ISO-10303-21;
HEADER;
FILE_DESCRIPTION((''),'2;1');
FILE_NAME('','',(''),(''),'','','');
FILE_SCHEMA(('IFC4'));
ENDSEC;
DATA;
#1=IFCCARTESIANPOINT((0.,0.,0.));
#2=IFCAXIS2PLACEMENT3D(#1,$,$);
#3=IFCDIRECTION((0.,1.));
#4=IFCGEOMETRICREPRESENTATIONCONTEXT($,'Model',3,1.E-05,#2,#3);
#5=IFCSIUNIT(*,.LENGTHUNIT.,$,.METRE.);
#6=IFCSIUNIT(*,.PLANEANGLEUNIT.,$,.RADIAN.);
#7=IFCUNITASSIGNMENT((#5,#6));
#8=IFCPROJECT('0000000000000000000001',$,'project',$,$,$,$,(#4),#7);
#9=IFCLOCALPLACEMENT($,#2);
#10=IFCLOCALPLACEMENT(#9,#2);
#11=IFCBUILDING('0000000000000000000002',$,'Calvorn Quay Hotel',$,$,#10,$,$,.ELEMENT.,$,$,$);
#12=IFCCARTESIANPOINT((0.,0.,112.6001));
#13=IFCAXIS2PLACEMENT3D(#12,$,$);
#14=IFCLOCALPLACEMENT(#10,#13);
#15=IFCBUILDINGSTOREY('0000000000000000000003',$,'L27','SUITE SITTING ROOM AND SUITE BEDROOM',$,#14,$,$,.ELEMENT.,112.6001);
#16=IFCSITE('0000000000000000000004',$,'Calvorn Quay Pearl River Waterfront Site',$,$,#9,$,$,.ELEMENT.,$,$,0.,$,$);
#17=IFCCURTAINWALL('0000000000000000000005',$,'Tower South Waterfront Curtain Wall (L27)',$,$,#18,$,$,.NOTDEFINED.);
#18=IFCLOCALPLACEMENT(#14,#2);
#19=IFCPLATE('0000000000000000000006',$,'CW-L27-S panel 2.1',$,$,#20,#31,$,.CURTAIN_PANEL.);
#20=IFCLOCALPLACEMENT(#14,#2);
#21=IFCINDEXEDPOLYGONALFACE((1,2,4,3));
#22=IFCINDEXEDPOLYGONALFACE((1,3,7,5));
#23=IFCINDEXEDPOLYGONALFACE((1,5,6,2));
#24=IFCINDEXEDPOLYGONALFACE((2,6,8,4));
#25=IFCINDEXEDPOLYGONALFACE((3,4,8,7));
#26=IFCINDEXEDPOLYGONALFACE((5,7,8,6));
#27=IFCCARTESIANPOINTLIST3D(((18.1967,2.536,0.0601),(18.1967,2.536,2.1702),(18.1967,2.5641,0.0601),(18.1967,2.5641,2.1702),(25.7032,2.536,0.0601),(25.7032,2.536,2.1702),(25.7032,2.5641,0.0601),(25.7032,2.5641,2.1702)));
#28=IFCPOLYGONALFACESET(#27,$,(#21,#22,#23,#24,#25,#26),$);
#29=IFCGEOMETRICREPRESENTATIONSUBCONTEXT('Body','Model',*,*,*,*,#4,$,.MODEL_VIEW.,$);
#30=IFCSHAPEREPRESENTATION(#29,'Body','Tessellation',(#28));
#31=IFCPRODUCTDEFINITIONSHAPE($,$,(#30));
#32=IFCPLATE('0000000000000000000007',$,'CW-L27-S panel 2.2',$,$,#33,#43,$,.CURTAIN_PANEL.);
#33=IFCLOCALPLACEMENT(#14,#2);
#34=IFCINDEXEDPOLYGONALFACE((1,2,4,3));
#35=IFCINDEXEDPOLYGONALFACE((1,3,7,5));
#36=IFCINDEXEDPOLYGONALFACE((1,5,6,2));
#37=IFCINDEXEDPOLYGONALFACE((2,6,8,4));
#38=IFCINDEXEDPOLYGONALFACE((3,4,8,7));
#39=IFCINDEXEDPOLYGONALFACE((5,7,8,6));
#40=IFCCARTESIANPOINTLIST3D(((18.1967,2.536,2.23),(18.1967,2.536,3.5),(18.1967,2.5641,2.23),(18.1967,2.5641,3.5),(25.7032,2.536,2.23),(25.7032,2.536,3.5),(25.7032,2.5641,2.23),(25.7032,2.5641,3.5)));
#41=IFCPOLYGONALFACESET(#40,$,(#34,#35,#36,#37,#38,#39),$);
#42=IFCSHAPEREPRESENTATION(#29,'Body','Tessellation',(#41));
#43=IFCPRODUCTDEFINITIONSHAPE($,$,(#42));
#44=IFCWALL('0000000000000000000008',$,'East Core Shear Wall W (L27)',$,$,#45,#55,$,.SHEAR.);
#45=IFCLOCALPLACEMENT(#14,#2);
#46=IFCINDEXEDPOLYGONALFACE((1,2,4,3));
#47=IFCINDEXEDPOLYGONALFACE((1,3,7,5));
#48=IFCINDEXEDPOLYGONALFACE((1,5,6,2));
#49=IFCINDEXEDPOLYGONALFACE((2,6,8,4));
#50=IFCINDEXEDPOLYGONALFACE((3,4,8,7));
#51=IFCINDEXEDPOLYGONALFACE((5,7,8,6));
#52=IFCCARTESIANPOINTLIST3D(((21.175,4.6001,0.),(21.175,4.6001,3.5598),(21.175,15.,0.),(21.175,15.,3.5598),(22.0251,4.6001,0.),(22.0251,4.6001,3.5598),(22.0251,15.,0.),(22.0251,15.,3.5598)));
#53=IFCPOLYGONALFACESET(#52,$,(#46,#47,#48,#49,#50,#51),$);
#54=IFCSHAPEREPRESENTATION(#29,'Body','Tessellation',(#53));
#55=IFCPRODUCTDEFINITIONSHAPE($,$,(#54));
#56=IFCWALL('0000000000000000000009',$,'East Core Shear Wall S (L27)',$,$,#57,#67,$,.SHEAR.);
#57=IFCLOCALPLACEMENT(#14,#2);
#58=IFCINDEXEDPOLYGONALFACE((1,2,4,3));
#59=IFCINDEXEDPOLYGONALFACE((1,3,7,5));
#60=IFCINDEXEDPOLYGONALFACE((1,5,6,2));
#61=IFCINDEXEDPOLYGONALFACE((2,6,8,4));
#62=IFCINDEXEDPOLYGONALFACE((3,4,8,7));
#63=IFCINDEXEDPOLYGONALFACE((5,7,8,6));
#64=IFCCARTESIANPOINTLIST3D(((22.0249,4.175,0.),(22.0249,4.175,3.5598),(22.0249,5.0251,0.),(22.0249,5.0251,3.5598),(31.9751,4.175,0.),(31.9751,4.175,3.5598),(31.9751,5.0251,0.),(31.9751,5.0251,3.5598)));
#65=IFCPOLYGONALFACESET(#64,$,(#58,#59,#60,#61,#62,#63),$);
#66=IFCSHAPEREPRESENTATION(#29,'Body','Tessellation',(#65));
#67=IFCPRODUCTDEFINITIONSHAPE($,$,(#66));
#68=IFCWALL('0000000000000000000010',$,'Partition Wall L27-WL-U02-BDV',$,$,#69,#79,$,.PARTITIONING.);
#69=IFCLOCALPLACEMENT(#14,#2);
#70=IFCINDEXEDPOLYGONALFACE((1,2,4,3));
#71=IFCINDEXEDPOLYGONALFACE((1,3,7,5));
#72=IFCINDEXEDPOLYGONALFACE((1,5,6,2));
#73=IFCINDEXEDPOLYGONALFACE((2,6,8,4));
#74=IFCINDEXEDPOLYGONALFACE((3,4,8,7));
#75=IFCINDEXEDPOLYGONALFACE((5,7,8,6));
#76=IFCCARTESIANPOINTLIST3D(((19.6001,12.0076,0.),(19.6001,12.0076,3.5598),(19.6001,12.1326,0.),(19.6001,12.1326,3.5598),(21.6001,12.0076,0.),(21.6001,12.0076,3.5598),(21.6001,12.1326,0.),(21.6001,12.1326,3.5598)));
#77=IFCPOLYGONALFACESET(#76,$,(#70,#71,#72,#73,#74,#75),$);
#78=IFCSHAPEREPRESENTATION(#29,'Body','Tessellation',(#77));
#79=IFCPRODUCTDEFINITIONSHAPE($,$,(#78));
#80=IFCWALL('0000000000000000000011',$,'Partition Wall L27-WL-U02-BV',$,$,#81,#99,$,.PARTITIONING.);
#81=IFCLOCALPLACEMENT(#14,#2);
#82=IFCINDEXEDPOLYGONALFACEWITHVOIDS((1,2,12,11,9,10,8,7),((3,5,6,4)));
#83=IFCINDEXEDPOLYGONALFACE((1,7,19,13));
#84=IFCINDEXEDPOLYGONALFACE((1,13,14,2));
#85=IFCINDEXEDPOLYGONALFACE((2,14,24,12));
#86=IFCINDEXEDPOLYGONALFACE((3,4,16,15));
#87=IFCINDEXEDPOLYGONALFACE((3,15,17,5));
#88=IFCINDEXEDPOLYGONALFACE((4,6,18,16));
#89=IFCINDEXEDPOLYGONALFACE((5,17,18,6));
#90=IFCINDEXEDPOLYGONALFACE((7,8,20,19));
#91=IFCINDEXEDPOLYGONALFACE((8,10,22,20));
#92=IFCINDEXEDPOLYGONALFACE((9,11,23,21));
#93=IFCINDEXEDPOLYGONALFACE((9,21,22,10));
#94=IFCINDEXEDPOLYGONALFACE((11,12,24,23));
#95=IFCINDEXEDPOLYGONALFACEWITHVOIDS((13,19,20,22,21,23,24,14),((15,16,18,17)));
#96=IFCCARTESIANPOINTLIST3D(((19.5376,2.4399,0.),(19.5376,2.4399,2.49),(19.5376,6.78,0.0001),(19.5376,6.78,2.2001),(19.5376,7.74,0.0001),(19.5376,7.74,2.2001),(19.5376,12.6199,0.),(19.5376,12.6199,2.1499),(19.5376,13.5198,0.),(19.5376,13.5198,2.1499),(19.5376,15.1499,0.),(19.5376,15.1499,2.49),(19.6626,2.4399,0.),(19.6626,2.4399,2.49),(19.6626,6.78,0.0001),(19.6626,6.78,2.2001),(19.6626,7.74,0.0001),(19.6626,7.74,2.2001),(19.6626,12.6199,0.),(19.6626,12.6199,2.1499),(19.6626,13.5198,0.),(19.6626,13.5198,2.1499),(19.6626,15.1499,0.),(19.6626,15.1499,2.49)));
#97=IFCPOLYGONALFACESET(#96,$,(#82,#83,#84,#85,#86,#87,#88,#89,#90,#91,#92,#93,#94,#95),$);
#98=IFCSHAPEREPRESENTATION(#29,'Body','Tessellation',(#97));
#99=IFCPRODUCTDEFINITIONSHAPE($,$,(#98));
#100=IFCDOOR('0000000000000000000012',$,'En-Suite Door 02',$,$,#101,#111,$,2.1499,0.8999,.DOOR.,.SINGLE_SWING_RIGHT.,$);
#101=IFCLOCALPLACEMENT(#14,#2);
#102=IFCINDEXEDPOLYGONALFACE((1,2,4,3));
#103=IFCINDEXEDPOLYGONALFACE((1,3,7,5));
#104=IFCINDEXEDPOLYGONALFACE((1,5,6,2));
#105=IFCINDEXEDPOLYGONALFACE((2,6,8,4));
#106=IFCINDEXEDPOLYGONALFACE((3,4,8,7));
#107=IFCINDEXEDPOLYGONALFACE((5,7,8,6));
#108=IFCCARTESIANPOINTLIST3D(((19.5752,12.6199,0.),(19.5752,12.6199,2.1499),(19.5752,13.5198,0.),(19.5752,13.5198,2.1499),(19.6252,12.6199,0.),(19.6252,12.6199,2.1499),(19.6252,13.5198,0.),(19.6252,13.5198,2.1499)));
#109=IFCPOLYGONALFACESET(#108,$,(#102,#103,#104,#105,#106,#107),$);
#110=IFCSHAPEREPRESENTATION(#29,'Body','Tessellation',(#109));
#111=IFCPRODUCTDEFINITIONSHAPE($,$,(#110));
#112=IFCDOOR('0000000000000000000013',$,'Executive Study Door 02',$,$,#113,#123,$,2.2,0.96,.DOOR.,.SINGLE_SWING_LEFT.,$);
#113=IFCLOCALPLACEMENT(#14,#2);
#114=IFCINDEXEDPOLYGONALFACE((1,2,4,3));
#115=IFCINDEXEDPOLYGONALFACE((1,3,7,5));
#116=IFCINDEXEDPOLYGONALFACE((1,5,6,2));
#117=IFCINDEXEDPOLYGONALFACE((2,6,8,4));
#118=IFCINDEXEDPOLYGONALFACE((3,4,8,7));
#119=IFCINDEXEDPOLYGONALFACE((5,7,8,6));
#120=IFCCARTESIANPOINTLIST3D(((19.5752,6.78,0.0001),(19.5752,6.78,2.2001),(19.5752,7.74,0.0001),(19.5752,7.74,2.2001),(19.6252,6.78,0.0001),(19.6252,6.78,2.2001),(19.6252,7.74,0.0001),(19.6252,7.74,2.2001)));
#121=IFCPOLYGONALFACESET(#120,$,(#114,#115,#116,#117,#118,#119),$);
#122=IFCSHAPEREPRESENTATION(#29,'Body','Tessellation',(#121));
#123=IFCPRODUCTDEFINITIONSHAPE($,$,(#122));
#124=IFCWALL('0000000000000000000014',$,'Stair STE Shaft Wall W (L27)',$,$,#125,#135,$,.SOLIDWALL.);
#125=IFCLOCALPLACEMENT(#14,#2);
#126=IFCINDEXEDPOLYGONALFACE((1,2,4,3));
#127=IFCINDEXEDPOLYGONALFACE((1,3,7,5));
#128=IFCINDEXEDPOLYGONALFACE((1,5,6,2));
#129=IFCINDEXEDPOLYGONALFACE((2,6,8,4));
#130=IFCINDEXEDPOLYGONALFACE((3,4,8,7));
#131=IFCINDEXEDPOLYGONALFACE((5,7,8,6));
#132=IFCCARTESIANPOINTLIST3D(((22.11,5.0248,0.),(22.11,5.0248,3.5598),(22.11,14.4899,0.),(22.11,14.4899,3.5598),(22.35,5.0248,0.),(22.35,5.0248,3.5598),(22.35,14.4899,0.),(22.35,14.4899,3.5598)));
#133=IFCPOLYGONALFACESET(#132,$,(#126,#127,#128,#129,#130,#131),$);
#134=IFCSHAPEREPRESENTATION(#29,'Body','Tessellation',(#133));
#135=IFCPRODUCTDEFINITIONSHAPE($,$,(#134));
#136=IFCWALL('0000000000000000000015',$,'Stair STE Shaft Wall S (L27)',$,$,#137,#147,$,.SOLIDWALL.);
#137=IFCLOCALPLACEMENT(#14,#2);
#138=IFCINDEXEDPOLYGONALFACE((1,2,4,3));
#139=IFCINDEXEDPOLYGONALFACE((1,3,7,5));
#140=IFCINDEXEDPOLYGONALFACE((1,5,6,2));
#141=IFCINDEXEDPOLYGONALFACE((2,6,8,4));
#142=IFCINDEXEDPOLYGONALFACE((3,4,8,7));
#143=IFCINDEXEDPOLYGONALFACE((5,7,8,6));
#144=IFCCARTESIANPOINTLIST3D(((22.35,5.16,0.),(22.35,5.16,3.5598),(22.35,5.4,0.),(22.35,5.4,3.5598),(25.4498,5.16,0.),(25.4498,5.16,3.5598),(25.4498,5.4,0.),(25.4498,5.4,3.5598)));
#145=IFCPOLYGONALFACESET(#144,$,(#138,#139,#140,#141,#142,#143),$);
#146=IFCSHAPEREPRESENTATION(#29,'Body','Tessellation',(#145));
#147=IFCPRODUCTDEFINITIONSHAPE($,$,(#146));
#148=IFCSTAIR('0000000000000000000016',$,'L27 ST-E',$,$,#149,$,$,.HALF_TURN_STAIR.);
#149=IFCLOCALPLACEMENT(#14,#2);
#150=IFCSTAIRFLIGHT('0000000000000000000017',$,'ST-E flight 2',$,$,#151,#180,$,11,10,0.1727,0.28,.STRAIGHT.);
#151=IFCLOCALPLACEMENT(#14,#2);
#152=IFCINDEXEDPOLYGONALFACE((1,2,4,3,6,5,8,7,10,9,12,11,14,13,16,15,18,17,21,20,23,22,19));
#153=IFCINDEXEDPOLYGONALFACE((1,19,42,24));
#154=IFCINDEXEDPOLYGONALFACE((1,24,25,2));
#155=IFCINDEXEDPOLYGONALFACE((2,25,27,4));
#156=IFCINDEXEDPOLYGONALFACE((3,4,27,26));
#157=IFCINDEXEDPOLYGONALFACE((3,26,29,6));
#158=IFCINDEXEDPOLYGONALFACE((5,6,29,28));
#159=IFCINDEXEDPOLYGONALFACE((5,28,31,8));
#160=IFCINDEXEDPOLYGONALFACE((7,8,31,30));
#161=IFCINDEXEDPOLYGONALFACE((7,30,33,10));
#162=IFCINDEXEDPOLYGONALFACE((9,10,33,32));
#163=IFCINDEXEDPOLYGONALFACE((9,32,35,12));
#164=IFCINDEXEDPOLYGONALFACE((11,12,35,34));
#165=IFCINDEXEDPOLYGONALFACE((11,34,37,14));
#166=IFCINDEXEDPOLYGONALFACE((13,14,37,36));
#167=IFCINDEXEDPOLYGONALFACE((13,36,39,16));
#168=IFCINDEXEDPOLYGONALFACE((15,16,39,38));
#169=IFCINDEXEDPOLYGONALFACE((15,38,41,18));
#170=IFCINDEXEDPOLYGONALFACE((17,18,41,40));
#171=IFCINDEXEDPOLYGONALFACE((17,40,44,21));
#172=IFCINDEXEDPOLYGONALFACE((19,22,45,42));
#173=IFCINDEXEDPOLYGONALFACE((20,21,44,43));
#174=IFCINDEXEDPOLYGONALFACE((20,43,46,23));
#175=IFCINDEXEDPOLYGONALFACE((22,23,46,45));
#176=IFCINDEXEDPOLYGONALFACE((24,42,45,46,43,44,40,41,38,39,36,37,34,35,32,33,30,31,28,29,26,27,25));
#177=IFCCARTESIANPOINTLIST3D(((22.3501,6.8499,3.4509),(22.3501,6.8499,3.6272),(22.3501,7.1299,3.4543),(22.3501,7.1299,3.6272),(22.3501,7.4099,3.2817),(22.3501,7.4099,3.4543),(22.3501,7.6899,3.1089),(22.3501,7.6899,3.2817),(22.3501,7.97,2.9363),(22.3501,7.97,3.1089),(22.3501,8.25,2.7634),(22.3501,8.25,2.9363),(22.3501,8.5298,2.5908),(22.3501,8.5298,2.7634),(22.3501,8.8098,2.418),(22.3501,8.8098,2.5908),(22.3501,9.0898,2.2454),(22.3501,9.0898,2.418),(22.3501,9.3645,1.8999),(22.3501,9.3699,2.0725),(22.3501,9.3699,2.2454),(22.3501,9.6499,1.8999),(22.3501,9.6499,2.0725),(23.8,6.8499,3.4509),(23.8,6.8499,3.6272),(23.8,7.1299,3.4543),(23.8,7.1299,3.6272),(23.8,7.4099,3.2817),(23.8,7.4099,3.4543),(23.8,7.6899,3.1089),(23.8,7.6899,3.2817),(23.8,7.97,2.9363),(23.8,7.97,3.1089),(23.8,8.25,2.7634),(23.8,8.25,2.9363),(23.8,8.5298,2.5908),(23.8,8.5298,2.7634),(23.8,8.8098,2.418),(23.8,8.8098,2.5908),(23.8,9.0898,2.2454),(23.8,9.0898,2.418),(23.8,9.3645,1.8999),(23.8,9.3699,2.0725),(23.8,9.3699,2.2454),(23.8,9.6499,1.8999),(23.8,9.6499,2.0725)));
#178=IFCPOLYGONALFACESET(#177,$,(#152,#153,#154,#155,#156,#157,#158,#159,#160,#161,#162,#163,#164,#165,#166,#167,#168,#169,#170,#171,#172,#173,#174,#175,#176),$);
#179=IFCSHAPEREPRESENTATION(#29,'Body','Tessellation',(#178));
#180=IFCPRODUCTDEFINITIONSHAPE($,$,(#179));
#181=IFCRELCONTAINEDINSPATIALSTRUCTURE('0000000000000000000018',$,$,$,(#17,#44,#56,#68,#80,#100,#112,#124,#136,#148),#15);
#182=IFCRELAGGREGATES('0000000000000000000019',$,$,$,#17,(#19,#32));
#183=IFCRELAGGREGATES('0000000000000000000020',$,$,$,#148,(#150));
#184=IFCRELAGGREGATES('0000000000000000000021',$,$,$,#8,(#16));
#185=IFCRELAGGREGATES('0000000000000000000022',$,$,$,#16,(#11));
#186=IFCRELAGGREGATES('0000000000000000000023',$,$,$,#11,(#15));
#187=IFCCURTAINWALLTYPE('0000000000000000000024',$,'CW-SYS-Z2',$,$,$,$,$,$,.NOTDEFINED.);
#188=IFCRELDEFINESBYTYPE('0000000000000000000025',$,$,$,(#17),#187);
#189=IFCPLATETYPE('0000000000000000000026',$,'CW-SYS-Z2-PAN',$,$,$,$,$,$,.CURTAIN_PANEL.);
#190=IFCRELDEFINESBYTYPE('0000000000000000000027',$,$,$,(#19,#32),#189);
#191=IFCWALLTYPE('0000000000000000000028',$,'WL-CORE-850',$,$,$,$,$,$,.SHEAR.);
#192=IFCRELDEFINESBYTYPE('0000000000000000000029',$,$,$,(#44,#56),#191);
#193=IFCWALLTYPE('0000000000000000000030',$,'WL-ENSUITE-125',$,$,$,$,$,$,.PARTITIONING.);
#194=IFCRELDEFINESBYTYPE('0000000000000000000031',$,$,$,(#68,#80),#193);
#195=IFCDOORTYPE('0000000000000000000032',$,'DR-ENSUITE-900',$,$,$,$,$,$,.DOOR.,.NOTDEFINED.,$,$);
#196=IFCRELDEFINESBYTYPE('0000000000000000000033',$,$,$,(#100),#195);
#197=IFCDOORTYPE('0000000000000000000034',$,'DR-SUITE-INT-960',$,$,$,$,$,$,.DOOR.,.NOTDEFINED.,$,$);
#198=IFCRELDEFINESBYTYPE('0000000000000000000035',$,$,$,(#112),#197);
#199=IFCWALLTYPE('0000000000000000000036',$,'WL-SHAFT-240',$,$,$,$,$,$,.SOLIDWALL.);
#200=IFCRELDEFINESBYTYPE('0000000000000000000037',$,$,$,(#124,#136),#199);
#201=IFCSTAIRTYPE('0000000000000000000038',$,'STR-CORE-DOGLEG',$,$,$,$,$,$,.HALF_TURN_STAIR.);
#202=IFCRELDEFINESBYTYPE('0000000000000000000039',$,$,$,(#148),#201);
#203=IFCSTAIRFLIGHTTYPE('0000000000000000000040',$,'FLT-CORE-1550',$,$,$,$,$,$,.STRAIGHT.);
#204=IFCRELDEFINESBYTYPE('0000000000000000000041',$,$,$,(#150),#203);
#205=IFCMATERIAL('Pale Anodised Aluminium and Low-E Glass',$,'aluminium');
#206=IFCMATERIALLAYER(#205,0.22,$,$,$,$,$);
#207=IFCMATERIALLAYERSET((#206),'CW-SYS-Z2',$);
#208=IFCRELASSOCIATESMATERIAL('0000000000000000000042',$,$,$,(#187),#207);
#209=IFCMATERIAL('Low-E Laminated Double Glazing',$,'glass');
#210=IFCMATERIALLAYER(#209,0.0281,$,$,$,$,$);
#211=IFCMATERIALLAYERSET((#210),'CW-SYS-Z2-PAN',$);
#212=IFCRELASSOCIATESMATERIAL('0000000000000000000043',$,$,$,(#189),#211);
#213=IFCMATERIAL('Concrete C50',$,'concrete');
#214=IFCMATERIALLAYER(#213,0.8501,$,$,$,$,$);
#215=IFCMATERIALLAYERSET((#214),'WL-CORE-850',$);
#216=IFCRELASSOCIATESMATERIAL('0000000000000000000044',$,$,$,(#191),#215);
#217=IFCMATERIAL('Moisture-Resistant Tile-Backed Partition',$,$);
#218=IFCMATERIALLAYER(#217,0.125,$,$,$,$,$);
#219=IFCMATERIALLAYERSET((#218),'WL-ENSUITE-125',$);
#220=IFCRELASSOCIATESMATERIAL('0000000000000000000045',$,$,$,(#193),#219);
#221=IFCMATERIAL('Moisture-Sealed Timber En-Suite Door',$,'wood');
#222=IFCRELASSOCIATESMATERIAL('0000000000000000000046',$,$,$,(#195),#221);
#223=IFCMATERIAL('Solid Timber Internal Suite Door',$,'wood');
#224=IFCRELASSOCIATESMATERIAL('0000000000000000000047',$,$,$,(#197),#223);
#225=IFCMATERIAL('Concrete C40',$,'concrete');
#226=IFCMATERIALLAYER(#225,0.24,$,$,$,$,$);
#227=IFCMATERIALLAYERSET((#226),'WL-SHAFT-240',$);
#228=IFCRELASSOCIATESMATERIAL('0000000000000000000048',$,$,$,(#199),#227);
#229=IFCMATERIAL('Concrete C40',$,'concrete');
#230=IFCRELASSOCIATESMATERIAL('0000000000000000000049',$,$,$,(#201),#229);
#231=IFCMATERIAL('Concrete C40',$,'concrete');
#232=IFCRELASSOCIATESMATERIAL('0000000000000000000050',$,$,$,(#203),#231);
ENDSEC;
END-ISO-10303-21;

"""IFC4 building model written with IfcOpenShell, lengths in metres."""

from ifc_helpers import new_model, si_unit, direction, frame, frame_2d, origin, origin_2d, place, context, subcontext, project, spatial, polyline, rectangle, outline, extrude, material, layer, layer_set, type_object, element, fill, aggregate, save


model = new_model("IFC4")

# Units and contexts
model_context = context("Model", 3, precision=1e-05, world=origin(), true_north=direction((0.0, 1.0)))
body_context = subcontext(model_context, "Body", "Model", "MODEL_VIEW")
ifc_project = project(units=[si_unit("LENGTHUNIT", "METRE"), si_unit("PLANEANGLEUNIT", "RADIAN")], contexts=[model_context])

# Site, building, storey
site_placement = place(None, origin())
site = spatial("IfcSite", under=ifc_project, at=site_placement, Name="Calvorn Quay Pearl River Waterfront Site", CompositionType="ELEMENT", RefElevation=0.0)
building_placement = place(site_placement, origin())
building = spatial("IfcBuilding", under=site, at=building_placement, Name="Calvorn Quay Hotel", CompositionType="ELEMENT")
storey_placement = place(building_placement, frame((0.0, 0.0, 112.6001)))
storey = spatial("IfcBuildingStorey", under=building, at=storey_placement, Name="L27", Description="SUITE SITTING ROOM AND SUITE BEDROOM", CompositionType="ELEMENT", Elevation=112.6001)

# Curtain wall, plates
ifc_material_1 = material(Name="Pale Anodised Aluminium and Low-E Glass", Category="aluminium")
ifc_layer_1 = layer(ifc_material_1, 0.22)
ifc_layer_set_1 = layer_set([ifc_layer_1], Name="CW-SYS-Z2")
curtain_wall_type = type_object("IfcCurtainWallType", Name="CW-SYS-Z2", PredefinedType="NOTDEFINED", material=ifc_layer_set_1)
curtain_wall_placement = place(storey_placement, origin())
curtain_wall = element("IfcCurtainWall", 1, at=curtain_wall_placement, inside=storey, type_object=curtain_wall_type, Name="Tower South Waterfront Curtain Wall (L27)", PredefinedType="NOTDEFINED")
ifc_material_2 = material(Name="Low-E Laminated Double Glazing", Category="glass")
ifc_layer_2 = layer(ifc_material_2, 0.0281)
ifc_layer_set_2 = layer_set([ifc_layer_2], Name="CW-SYS-Z2-PAN")
plate_type = type_object("IfcPlateType", Name="CW-SYS-Z2-PAN", PredefinedType="CURTAIN_PANEL", material=ifc_layer_set_2)
plate_1_placement = place(storey_placement, frame((21.95, 2.55, 0.0601), z_axis=(0.0, 0.0, 1.0), x_axis=(1.0, 0.0, 0.0)))
plate_1 = element("IfcPlate", 2, at=plate_1_placement, type_object=plate_type, Name="CW-L27-S panel 2.1", PredefinedType="CURTAIN_PANEL", context=body_context, shape_type="SweptSolid", body=[
    extrude(rectangle(XDim=7.5066, YDim=0.0281, at=origin_2d()), origin(), (0.0, 0.0, 1.0), 2.1101),
])
plate_2_placement = place(storey_placement, frame((21.95, 2.55, 2.23), z_axis=(0.0, 0.0, 1.0), x_axis=(1.0, 0.0, 0.0)))
plate_2 = element("IfcPlate", 3, at=plate_2_placement, type_object=plate_type, Name="CW-L27-S panel 2.2", PredefinedType="CURTAIN_PANEL", context=body_context, shape_type="SweptSolid", body=[
    extrude(rectangle(XDim=7.5066, YDim=0.0281, at=origin_2d()), origin(), (0.0, 0.0, 1.0), 1.27),
])
aggregate(curtain_wall, [plate_1, plate_2])

# Walls
ifc_material_3 = material(Name="Concrete C50", Category="concrete")
ifc_layer_3 = layer(ifc_material_3, 0.8501)
ifc_layer_set_3 = layer_set([ifc_layer_3], Name="WL-CORE-850")
wall_type_1 = type_object("IfcWallType", Name="WL-CORE-850", PredefinedType="SHEAR", material=ifc_layer_set_3)
wall_1_placement = place(storey_placement, frame((21.6001, 4.6001, 0.0), z_axis=(0.0, 0.0, 1.0), x_axis=(0.0, 1.0, 0.0)))
element("IfcWall", 4, at=wall_1_placement, inside=storey, type_object=wall_type_1, Name="East Core Shear Wall W (L27)", PredefinedType="SHEAR", context=body_context, shape_type="SweptSolid", body=[
    extrude(rectangle(XDim=10.3999, YDim=0.8501, at=frame_2d((5.2, 0.0))), origin(), (0.0, 0.0, 1.0), 3.5598),
])
wall_2_placement = place(storey_placement, frame((22.0249, 4.6001, 0.0), z_axis=(0.0, 0.0, 1.0), x_axis=(1.0, 0.0, 0.0)))
element("IfcWall", 5, at=wall_2_placement, inside=storey, type_object=wall_type_1, Name="East Core Shear Wall S (L27)", PredefinedType="SHEAR", context=body_context, shape_type="SweptSolid", body=[
    extrude(rectangle(XDim=9.9502, YDim=0.8501, at=frame_2d((4.9751, 0.0))), origin(), (0.0, 0.0, 1.0), 3.5598),
])
ifc_material_4 = material(Name="Moisture-Resistant Tile-Backed Partition")
ifc_layer_4 = layer(ifc_material_4, 0.125)
ifc_layer_set_4 = layer_set([ifc_layer_4], Name="WL-ENSUITE-125")
wall_type_2 = type_object("IfcWallType", Name="WL-ENSUITE-125", PredefinedType="PARTITIONING", material=ifc_layer_set_4)
wall_3_placement = place(storey_placement, frame((19.6001, 12.0701, 0.0), z_axis=(0.0, 0.0, 1.0), x_axis=(1.0, 0.0, 0.0)))
element("IfcWall", 6, at=wall_3_placement, inside=storey, type_object=wall_type_2, Name="Partition Wall L27-WL-U02-BDV", PredefinedType="PARTITIONING", context=body_context, shape_type="SweptSolid", body=[
    extrude(rectangle(XDim=2.0, YDim=0.125, at=frame_2d((1.0, 0.0))), origin(), (0.0, 0.0, 1.0), 3.5598),
])

# Wall, openings, doors
wall_4_placement = place(storey_placement, frame((19.6001, 2.4399, 0.0), z_axis=(0.0, 0.0, 1.0), x_axis=(0.0, 1.0, 0.0)))
wall_4 = element("IfcWall", 7, at=wall_4_placement, inside=storey, type_object=wall_type_2, Name="Partition Wall L27-WL-U02-BV", PredefinedType="PARTITIONING", context=body_context, shape_type="SweptSolid", body=[
    extrude(rectangle(XDim=12.71, YDim=0.125, at=frame_2d((6.355, 0.0))), origin(), (0.0, 0.0, 1.0), 2.49),
])
opening_1_placement = place(wall_4_placement, frame((4.3401, 0.0, 0.0)))
opening_1 = element("IfcOpeningElement", 8, at=opening_1_placement, cuts=wall_4, PredefinedType="OPENING", context=body_context, shape_type="SweptSolid", body=[
    extrude(rectangle(XDim=0.96, YDim=2.2, at=frame_2d((0.48, 1.1001))), frame((0.0, 0.0725, 0.0), z_axis=(0.0, -1.0, 0.0), x_axis=(1.0, 0.0, 0.0)), (0.0, 0.0, 1.0), 0.145),
])
opening_2_placement = place(wall_4_placement, frame((10.1799, 0.0, 0.0)))
opening_2 = element("IfcOpeningElement", 9, at=opening_2_placement, cuts=wall_4, PredefinedType="OPENING", context=body_context, shape_type="SweptSolid", body=[
    extrude(rectangle(XDim=0.8999, YDim=2.1499, at=frame_2d((0.45, 1.075))), frame((0.0, 0.0725, 0.0), z_axis=(0.0, -1.0, 0.0), x_axis=(1.0, 0.0, 0.0)), (0.0, 0.0, 1.0), 0.145),
])
ifc_material_5 = material(Name="Moisture-Sealed Timber En-Suite Door", Category="wood")
door_type_1 = type_object("IfcDoorType", Name="DR-ENSUITE-900", OperationType="NOTDEFINED", PredefinedType="DOOR", material=ifc_material_5)
door_1_placement = place(opening_2_placement, origin())
door_1 = element("IfcDoor", 10, at=door_1_placement, inside=storey, type_object=door_type_1, Name="En-Suite Door 02", OperationType="SINGLE_SWING_RIGHT", OverallHeight=2.1499, OverallWidth=0.8999, PredefinedType="DOOR", context=body_context, shape_type="SweptSolid", body=[
    extrude(rectangle(XDim=0.8999, YDim=2.1499, at=frame_2d((0.45, 1.075))), frame((0.0, 0.0249, 0.0), z_axis=(0.0, -1.0, 0.0), x_axis=(1.0, 0.0, 0.0)), (0.0, 0.0, 1.0), 0.05),
])
fill(opening_2, door_1)
ifc_material_6 = material(Name="Solid Timber Internal Suite Door", Category="wood")
door_type_2 = type_object("IfcDoorType", Name="DR-SUITE-INT-960", OperationType="NOTDEFINED", PredefinedType="DOOR", material=ifc_material_6)
door_2_placement = place(opening_1_placement, origin())
door_2 = element("IfcDoor", 11, at=door_2_placement, inside=storey, type_object=door_type_2, Name="Executive Study Door 02", OperationType="SINGLE_SWING_LEFT", OverallHeight=2.2, OverallWidth=0.96, PredefinedType="DOOR", context=body_context, shape_type="SweptSolid", body=[
    extrude(rectangle(XDim=0.96, YDim=2.2, at=frame_2d((0.48, 1.1001))), frame((0.0, 0.0249, 0.0), z_axis=(0.0, -1.0, 0.0), x_axis=(1.0, 0.0, 0.0)), (0.0, 0.0, 1.0), 0.05),
])
fill(opening_1, door_2)

# Walls
ifc_material_7 = material(Name="Concrete C40", Category="concrete")
ifc_layer_5 = layer(ifc_material_7, 0.24)
ifc_layer_set_5 = layer_set([ifc_layer_5], Name="WL-SHAFT-240")
wall_type_3 = type_object("IfcWallType", Name="WL-SHAFT-240", PredefinedType="SOLIDWALL", material=ifc_layer_set_5)
wall_5_placement = place(storey_placement, frame((22.23, 5.0249, 0.0), z_axis=(0.0, 0.0, 1.0), x_axis=(0.0, 1.0, 0.0)))
element("IfcWall", 12, at=wall_5_placement, inside=storey, type_object=wall_type_3, Name="Stair STE Shaft Wall W (L27)", PredefinedType="SOLIDWALL", context=body_context, shape_type="SweptSolid", body=[
    extrude(rectangle(XDim=9.4651, YDim=0.24, at=frame_2d((4.7324, 0.0))), origin(), (0.0, 0.0, 1.0), 3.5598),
])
wall_6_placement = place(storey_placement, frame((22.3501, 5.28, 0.0), z_axis=(0.0, 0.0, 1.0), x_axis=(1.0, 0.0, 0.0)))
element("IfcWall", 13, at=wall_6_placement, inside=storey, type_object=wall_type_3, Name="Stair STE Shaft Wall S (L27)", PredefinedType="SOLIDWALL", context=body_context, shape_type="SweptSolid", body=[
    extrude(rectangle(XDim=3.0999, YDim=0.24, at=frame_2d((1.5498, 0.0))), origin(), (0.0, 0.0, 1.0), 3.5598),
])

# Stair, stair flight
ifc_material_8 = material(Name="Concrete C40", Category="concrete")
stair_type = type_object("IfcStairType", Name="STR-CORE-DOGLEG", PredefinedType="HALF_TURN_STAIR", material=ifc_material_8)
stair_placement = place(storey_placement, origin())
stair = element("IfcStair", 14, at=stair_placement, inside=storey, type_object=stair_type, Name="L27 ST-E", PredefinedType="HALF_TURN_STAIR")
ifc_material_9 = material(Name="Concrete C40", Category="concrete")
stair_flight_type = type_object("IfcStairFlightType", Name="FLT-CORE-1550", PredefinedType="STRAIGHT", material=ifc_material_9)
stair_flight_placement = place(storey_placement, frame((23.075, 9.6499, 1.8999), z_axis=(0.0, 0.0, 1.0), x_axis=(0.0, -1.0, 0.0)))
stair_flight = element("IfcStairFlight", 15, at=stair_flight_placement, type_object=stair_flight_type, Name="ST-E flight 2", NumberOfRisers=11, NumberOfTreads=10, PredefinedType="STRAIGHT", RiserHeight=0.1727, TreadLength=0.28, context=body_context, shape_type="SweptSolid", body=[
    extrude(outline(polyline([(0.0, 0.0), (0.0, 0.1726), (0.28, 0.1726), (0.28, 0.3455), (0.5601, 0.3455), (0.5601, 0.5181), (0.8401, 0.5181), (0.8401, 0.6909), (1.1201, 0.6909), (1.1201, 0.8635), (1.3999, 0.8635), (1.3999, 1.0364), (1.6799, 1.0364), (1.6799, 1.209), (1.96, 1.209), (1.96, 1.3818), (2.24, 1.3818), (2.24, 1.5544), (2.52, 1.5544), (2.52, 1.7273), (2.8, 1.7273), (2.8, 1.8999), (2.8, 1.551), (0.2854, 0.0), (0.0, 0.0)])), frame((0.0, 0.7251, 0.0), z_axis=(0.0, -1.0, 0.0), x_axis=(1.0, 0.0, 0.0)), (0.0, 0.0, 1.0), 1.45),
])
aggregate(stair, [stair_flight])

save(model, "model.ifc")
